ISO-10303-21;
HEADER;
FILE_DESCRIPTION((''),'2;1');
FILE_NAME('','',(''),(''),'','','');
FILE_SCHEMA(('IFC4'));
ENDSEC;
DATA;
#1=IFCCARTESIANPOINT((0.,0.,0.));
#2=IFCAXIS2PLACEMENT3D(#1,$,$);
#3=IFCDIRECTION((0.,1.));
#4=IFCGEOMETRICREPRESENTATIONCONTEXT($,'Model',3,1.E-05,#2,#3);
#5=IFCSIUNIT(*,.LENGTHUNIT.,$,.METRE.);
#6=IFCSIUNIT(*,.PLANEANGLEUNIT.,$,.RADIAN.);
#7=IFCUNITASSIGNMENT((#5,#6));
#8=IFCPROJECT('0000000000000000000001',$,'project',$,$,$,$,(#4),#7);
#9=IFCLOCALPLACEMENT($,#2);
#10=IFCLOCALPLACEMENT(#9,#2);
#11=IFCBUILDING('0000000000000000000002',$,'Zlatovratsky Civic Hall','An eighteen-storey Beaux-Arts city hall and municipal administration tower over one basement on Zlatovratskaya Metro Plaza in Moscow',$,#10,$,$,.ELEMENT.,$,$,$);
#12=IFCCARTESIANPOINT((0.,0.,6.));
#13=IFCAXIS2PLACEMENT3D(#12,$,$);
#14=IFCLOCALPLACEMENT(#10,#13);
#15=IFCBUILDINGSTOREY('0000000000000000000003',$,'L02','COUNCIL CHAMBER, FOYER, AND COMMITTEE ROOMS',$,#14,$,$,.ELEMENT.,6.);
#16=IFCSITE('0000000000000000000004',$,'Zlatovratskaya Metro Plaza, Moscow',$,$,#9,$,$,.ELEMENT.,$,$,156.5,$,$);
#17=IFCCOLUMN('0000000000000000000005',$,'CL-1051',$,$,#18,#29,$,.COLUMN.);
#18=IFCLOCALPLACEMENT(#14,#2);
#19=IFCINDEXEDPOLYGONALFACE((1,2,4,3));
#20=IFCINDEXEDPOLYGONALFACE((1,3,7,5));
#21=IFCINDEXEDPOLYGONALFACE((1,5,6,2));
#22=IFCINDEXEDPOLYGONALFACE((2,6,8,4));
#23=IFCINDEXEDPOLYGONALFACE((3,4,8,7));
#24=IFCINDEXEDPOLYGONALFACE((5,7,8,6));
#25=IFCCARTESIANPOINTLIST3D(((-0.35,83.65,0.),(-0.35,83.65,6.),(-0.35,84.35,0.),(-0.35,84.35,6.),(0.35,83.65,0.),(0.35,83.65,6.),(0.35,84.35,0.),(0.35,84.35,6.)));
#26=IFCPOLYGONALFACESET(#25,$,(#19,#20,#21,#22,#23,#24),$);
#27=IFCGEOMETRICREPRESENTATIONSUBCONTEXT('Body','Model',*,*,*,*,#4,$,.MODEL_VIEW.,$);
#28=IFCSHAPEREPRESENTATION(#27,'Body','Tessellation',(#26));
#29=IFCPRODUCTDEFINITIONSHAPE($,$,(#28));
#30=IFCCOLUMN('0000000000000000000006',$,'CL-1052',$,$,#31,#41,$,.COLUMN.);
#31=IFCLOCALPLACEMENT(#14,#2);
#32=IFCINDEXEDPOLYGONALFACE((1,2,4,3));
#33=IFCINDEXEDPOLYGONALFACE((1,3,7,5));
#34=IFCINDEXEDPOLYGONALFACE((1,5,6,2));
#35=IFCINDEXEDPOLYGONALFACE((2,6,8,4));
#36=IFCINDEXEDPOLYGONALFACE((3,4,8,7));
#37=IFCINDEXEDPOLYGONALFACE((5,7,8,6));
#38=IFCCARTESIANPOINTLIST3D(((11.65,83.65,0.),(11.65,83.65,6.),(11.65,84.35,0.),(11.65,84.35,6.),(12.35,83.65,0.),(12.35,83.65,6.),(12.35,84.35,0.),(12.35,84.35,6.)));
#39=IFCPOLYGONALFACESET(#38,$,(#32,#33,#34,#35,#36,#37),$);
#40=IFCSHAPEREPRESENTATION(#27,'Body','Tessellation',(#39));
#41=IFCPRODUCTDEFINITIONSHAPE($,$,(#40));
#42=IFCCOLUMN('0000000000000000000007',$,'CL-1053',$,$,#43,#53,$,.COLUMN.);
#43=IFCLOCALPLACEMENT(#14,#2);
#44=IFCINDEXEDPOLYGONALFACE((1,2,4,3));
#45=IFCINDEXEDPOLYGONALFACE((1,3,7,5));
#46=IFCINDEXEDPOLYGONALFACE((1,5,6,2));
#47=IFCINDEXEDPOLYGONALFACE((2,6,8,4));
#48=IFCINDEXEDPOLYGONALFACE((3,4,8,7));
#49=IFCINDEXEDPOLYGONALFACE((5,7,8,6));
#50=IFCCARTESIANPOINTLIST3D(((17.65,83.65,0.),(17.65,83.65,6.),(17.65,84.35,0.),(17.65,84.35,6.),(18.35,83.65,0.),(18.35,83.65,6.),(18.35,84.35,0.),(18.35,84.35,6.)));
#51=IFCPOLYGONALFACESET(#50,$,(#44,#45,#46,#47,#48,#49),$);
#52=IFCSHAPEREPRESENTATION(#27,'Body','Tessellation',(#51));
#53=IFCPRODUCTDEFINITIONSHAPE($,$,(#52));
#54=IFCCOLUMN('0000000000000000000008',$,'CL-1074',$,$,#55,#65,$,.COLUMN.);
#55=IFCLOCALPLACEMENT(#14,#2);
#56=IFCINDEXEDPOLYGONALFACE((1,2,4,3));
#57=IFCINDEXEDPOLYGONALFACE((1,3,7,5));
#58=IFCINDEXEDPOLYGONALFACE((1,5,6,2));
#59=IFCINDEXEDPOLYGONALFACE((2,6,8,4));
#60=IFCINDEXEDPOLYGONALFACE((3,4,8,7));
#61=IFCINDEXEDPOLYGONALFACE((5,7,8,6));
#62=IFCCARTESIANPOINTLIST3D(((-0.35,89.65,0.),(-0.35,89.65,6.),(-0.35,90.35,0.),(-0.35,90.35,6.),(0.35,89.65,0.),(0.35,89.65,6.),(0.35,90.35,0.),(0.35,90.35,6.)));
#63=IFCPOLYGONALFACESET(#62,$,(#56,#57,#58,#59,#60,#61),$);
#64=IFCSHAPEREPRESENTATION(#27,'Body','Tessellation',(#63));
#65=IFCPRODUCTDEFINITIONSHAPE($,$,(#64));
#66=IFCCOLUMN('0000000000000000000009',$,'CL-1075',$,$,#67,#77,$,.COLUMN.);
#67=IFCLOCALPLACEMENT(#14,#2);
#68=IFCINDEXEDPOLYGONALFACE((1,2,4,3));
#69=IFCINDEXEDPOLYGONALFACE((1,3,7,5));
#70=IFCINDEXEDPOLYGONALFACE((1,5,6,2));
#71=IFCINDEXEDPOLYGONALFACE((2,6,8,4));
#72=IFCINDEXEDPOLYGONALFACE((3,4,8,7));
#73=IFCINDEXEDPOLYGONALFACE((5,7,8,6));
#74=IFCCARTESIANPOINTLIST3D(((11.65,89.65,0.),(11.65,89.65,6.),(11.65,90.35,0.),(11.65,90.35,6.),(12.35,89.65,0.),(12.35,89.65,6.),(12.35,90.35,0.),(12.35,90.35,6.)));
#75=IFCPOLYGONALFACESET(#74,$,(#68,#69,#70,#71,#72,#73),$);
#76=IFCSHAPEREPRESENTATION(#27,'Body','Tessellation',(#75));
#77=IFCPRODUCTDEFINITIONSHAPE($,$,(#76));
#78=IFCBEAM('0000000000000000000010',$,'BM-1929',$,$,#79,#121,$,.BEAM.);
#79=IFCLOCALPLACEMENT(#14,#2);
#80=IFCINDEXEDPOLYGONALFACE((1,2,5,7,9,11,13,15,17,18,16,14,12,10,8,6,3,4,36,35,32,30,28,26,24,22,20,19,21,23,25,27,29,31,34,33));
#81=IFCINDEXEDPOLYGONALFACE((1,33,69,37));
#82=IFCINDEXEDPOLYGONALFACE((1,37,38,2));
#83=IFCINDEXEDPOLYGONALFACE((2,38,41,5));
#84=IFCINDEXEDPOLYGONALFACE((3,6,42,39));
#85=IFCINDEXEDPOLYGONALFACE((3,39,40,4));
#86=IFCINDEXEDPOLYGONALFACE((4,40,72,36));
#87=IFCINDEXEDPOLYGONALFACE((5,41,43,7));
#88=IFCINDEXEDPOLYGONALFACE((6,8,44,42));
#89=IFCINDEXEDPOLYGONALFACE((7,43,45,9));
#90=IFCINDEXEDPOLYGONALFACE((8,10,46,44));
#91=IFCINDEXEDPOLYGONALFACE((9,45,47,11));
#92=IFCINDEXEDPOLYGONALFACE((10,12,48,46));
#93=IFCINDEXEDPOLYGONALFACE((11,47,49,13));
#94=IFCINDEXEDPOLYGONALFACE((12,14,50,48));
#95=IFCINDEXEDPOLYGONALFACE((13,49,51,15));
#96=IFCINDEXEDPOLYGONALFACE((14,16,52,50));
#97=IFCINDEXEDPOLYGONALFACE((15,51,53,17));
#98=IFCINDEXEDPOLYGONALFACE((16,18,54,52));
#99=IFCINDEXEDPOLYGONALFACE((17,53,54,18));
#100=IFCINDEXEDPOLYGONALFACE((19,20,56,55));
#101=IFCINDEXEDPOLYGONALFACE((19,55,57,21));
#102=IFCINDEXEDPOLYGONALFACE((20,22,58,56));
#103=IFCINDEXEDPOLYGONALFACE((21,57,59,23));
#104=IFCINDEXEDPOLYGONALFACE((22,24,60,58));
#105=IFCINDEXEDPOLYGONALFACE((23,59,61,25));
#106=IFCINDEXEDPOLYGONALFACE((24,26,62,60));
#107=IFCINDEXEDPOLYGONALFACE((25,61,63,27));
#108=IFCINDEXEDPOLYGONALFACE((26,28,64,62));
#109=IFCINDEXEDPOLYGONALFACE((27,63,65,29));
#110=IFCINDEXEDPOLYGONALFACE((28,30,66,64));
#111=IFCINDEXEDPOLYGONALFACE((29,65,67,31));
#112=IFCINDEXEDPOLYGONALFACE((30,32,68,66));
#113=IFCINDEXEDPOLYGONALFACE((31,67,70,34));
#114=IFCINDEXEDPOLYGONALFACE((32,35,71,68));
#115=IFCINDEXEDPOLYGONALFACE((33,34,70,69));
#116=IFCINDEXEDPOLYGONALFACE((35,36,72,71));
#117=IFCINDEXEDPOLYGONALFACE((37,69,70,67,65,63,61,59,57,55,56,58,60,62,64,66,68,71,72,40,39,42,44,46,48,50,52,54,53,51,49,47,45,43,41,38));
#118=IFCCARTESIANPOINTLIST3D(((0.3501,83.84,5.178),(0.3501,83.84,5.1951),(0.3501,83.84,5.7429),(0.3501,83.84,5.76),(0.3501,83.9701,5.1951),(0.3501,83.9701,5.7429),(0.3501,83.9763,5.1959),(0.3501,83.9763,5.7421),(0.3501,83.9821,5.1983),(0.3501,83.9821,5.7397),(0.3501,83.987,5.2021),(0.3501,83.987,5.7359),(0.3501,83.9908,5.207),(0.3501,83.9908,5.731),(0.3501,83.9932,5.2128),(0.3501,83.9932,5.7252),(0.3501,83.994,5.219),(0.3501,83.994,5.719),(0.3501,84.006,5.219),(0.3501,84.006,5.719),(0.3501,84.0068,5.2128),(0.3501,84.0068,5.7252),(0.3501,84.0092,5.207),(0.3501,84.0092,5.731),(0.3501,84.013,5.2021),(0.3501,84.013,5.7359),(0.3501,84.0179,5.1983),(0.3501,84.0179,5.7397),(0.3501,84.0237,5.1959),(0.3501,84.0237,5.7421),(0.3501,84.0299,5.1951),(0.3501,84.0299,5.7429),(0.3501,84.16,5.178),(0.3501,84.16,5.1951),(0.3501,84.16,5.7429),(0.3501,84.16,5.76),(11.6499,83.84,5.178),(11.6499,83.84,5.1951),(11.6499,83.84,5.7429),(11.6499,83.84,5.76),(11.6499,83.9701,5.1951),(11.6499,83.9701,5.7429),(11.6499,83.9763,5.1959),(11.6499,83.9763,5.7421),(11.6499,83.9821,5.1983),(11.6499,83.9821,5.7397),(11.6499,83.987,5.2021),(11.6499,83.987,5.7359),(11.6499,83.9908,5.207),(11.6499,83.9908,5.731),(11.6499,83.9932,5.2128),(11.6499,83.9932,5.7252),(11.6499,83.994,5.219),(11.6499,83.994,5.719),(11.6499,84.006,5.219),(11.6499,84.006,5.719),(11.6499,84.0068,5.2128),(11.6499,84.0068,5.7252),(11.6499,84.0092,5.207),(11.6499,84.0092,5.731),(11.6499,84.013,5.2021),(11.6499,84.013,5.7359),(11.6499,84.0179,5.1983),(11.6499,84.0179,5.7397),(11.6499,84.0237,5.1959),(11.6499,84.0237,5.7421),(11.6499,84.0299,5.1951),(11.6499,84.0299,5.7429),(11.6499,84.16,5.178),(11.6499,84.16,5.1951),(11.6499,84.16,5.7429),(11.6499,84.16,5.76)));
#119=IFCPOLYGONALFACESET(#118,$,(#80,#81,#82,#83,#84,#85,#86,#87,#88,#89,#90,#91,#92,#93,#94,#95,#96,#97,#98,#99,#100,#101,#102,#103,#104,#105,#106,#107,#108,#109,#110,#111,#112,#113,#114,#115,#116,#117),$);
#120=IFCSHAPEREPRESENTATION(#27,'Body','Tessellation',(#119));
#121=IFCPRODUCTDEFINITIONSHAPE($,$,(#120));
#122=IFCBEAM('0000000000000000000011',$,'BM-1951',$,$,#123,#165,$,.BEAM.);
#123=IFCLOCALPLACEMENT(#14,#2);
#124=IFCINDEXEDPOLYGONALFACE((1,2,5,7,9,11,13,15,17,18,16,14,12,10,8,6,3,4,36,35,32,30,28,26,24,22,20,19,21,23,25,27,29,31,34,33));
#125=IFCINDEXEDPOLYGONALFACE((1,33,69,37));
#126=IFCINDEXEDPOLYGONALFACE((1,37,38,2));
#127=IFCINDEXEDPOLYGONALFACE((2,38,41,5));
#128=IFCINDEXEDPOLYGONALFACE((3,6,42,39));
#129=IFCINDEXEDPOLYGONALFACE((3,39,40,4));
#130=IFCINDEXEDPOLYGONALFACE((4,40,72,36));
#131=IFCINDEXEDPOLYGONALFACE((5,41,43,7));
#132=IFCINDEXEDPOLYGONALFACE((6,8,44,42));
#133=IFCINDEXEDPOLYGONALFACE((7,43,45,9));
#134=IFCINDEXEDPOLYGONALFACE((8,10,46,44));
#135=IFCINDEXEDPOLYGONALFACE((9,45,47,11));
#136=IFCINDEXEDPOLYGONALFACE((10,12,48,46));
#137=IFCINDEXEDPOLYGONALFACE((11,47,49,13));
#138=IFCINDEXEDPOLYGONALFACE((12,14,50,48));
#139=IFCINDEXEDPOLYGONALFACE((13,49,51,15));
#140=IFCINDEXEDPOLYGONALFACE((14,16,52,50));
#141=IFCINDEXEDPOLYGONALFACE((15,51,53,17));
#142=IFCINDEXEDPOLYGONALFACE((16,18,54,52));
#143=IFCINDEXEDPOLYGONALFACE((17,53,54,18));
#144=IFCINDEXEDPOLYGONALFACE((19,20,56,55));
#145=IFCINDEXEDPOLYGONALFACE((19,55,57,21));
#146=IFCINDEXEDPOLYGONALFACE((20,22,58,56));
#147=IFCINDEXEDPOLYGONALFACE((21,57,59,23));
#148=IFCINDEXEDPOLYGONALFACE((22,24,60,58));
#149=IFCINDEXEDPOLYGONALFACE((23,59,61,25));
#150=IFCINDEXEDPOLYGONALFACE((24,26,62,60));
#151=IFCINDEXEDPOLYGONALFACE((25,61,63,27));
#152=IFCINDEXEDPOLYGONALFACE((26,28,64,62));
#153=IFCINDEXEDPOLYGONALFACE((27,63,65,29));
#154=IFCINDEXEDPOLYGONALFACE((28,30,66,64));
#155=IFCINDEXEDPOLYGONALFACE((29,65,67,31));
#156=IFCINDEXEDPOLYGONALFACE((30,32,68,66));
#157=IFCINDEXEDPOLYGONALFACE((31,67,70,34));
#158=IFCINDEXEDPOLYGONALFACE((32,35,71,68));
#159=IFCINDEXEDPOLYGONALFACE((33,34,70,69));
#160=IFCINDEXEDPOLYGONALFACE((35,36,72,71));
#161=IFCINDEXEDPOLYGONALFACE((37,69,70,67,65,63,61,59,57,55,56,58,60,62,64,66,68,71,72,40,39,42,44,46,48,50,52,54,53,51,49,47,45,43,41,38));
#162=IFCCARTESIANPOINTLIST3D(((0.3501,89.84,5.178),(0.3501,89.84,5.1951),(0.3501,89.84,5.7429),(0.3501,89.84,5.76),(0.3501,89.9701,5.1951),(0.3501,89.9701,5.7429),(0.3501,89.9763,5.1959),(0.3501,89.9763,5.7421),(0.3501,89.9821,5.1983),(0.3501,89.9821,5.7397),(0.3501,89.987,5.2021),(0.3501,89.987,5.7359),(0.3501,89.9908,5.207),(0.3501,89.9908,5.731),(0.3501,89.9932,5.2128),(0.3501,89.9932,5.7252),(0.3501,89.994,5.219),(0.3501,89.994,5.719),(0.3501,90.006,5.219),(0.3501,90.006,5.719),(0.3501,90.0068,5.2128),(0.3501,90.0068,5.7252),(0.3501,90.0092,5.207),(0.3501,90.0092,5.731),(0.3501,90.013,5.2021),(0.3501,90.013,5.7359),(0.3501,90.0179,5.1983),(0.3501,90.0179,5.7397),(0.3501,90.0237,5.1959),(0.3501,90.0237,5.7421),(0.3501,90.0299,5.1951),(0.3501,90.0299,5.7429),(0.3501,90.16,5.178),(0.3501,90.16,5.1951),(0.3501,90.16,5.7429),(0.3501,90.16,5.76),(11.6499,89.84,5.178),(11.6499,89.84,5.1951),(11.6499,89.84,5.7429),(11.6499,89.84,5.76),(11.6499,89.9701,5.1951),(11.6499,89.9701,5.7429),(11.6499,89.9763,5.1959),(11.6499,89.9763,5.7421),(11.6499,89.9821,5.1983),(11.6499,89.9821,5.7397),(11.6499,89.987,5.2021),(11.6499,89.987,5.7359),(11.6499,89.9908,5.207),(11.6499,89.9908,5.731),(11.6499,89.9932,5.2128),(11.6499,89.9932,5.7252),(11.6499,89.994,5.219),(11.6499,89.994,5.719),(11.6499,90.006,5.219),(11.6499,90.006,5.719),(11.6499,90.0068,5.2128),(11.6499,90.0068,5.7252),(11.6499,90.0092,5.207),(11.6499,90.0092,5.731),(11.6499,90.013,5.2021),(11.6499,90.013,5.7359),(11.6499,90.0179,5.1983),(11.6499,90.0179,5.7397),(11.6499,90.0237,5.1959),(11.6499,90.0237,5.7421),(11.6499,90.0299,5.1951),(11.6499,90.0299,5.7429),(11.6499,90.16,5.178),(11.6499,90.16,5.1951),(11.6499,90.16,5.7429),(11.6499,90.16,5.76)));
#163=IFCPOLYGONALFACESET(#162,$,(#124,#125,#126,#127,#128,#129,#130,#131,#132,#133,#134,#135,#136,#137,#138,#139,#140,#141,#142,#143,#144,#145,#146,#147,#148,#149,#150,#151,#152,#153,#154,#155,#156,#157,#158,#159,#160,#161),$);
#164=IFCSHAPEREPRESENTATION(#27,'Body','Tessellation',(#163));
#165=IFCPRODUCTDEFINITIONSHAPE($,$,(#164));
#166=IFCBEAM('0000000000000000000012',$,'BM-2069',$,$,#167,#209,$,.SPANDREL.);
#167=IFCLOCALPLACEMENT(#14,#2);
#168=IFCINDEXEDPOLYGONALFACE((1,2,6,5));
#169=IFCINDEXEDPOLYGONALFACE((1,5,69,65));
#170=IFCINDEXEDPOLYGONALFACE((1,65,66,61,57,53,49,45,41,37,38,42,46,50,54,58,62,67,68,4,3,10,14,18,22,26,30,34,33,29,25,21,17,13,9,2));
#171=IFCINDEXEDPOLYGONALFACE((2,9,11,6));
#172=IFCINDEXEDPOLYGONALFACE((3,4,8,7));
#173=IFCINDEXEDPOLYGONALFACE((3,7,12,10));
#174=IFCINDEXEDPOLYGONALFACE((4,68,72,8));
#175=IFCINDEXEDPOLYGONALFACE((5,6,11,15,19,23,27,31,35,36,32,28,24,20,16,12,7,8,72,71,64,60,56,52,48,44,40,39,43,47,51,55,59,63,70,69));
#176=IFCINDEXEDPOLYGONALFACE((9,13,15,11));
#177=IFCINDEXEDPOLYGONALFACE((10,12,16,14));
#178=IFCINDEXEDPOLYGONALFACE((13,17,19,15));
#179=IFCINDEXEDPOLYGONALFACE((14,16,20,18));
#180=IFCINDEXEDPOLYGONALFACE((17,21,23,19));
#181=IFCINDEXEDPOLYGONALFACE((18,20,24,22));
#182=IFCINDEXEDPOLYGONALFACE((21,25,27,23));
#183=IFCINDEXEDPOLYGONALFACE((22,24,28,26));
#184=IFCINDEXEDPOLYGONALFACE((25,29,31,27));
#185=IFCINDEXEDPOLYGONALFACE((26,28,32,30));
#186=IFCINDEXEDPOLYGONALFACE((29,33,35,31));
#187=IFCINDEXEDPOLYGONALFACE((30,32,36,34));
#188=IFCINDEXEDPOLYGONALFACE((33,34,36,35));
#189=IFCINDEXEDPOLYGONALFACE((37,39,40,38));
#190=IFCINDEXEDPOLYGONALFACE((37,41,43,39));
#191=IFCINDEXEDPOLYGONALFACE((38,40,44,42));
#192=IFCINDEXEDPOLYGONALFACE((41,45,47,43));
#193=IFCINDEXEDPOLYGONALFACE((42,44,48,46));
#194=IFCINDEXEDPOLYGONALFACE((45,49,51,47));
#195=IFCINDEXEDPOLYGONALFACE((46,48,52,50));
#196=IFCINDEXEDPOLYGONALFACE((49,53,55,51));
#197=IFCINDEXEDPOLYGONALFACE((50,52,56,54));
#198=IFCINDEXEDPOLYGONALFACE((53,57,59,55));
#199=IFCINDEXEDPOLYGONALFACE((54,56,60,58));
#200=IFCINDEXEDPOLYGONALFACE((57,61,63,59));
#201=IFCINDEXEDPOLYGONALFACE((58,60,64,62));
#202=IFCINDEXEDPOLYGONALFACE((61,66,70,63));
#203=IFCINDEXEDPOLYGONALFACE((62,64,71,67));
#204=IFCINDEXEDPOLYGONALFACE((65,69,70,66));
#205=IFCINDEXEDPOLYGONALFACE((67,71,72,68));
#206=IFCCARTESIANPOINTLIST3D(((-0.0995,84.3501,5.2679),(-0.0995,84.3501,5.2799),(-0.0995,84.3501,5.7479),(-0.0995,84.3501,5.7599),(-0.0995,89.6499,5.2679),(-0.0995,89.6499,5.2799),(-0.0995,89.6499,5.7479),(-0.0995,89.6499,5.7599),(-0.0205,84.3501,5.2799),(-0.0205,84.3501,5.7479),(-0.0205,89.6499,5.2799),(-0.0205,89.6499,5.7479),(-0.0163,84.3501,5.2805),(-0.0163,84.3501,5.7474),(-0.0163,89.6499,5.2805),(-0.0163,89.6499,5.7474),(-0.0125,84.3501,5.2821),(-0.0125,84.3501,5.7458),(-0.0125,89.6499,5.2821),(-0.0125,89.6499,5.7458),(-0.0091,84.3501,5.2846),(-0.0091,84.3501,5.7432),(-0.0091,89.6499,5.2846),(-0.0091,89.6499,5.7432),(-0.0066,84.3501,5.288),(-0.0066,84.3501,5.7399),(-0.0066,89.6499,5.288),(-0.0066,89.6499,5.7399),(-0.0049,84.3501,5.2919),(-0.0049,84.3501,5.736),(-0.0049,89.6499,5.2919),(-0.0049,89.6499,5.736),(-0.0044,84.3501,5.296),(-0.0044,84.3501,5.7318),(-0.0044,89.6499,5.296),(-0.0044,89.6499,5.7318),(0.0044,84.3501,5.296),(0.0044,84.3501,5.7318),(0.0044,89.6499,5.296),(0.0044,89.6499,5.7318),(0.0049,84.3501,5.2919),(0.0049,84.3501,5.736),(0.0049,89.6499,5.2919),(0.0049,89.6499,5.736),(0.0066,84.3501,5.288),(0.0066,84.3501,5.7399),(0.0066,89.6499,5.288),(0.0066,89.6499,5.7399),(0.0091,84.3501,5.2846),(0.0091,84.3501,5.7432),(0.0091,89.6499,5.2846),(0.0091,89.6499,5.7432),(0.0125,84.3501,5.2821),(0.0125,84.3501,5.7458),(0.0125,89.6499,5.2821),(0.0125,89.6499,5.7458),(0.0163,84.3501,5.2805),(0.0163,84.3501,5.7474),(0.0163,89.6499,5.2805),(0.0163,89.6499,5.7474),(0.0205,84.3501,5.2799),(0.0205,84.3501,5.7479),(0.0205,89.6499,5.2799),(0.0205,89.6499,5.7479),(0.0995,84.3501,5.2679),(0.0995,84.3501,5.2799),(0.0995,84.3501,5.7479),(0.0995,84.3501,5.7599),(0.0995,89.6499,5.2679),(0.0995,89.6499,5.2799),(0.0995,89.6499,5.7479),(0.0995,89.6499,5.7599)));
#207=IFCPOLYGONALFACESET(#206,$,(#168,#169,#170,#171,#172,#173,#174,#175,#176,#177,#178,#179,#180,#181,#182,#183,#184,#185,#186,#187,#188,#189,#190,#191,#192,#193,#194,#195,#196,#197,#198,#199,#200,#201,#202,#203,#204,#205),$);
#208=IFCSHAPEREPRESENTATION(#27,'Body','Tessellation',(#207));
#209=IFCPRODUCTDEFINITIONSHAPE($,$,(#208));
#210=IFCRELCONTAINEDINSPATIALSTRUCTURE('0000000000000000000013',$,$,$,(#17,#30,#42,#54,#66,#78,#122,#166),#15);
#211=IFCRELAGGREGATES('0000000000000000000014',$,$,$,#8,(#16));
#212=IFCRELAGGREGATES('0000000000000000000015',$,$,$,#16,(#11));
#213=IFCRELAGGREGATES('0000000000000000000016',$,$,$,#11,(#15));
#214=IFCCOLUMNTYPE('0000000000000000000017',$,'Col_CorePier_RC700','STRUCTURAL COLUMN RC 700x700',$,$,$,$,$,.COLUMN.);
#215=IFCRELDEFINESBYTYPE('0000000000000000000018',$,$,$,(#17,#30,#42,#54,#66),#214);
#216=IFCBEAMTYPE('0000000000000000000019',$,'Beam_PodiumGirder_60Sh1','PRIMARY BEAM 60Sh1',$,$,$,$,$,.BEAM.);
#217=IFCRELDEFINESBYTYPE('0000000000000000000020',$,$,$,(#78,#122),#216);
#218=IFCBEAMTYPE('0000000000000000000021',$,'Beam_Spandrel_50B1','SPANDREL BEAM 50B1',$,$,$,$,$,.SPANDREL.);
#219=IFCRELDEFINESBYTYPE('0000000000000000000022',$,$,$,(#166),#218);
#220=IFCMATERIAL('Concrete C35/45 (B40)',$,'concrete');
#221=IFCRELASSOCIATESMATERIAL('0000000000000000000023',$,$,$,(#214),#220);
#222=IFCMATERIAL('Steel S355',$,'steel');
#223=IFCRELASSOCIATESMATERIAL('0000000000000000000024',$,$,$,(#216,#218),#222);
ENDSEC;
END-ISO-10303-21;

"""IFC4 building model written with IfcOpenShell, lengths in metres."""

from ifc_helpers import new_model, si_unit, direction, frame, origin, origin_2d, place, context, subcontext, project, spatial, rectangle, i_section, extrude, material, material_profile, profile_set, type_object, element, save


model = new_model("IFC4")

# Units and contexts
model_context = context("Model", 3, precision=1e-05, world=origin(), true_north=direction((0.0, 1.0)))
body_context = subcontext(model_context, "Body", "Model", "MODEL_VIEW")
ifc_project = project(units=[si_unit("LENGTHUNIT", "METRE"), si_unit("PLANEANGLEUNIT", "RADIAN")], contexts=[model_context])

# Site, building, storey
site_placement = place(None, origin())
site = spatial("IfcSite", under=ifc_project, at=site_placement, Name="Zlatovratskaya Metro Plaza, Moscow", CompositionType="ELEMENT", RefElevation=156.5)
building_placement = place(site_placement, origin())
building = spatial("IfcBuilding", under=site, at=building_placement, Name="Zlatovratsky Civic Hall", Description="An eighteen-storey Beaux-Arts city hall and municipal administration tower over one basement on Zlatovratskaya Metro Plaza in Moscow", CompositionType="ELEMENT")
storey_placement = place(building_placement, frame((0.0, 0.0, 6.0)))
storey = spatial("IfcBuildingStorey", under=building, at=storey_placement, Name="L02", Description="COUNCIL CHAMBER, FOYER, AND COMMITTEE ROOMS", CompositionType="ELEMENT", Elevation=6.0)

# Columns
ifc_material_1 = material(Name="Concrete C35/45 (B40)", Category="concrete")
ifc_material_profile_1 = material_profile(ifc_material_1, rectangle(XDim=0.7, YDim=0.7, at=origin_2d()), Name="RC 700x700")
ifc_profile_set_1 = profile_set([ifc_material_profile_1], Name="Concrete C35/45 (B40)")
column_type = type_object("IfcColumnType", Name="Col_CorePier_RC700", Description="STRUCTURAL COLUMN RC 700x700", PredefinedType="COLUMN", material=ifc_profile_set_1)
for number, where, z_axis, x_axis, name in (
    (1, (0.0, 84.0, 0.0), (0.0, 0.0, 1.0), (1.0, 0.0, 0.0), "CL-1051"),
    (2, (12.0, 84.0, 0.0), (0.0, 0.0, 1.0), (1.0, 0.0, 0.0), "CL-1052"),
    (3, (18.0, 84.0, 0.0), (0.0, 0.0, 1.0), (1.0, 0.0, 0.0), "CL-1053"),
    (4, (0.0, 90.0, 0.0), (0.0, 0.0, 1.0), (1.0, 0.0, 0.0), "CL-1074"),
    (5, (12.0, 90.0, 0.0), (0.0, 0.0, 1.0), (1.0, 0.0, 0.0), "CL-1075"),
):
    element("IfcColumn", number, at=place(storey_placement, frame(where, z_axis=z_axis, x_axis=x_axis)), inside=storey, type_object=column_type, Name=name, PredefinedType="COLUMN", context=body_context, shape_type="SweptSolid", body=[
        extrude(rectangle(XDim=0.7, YDim=0.7, at=origin_2d()), origin(), (0.0, 0.0, 1.0), 6.0),
    ])

# Beams
ifc_material_2 = material(Name="Steel S355", Category="steel")
ifc_material_profile_2 = material_profile(ifc_material_2, i_section(OverallWidth=0.3201, OverallDepth=0.582, WebThickness=0.012, FlangeThickness=0.0171, FilletRadius=0.0239, at=origin_2d()), Name="60Sh1")
ifc_profile_set_2 = profile_set([ifc_material_profile_2], Name="Steel S355")
beam_type_1 = type_object("IfcBeamType", Name="Beam_PodiumGirder_60Sh1", Description="PRIMARY BEAM 60Sh1", PredefinedType="BEAM", material=ifc_profile_set_2)
for number, where, z_axis, x_axis, name in (
    (6, (0.3501, 84.0, 5.469), (1.0, 0.0, 0.0), (0.0, 1.0, 0.0), "BM-1929"),
    (7, (0.3501, 90.0, 5.469), (1.0, 0.0, 0.0), (0.0, 1.0, 0.0), "BM-1951"),
):
    element("IfcBeam", number, at=place(storey_placement, frame(where, z_axis=z_axis, x_axis=x_axis)), inside=storey, type_object=beam_type_1, Name=name, PredefinedType="BEAM", context=body_context, shape_type="SweptSolid", body=[
        extrude(i_section(OverallWidth=0.3201, OverallDepth=0.582, WebThickness=0.012, FlangeThickness=0.0171, FilletRadius=0.0239, at=origin_2d()), origin(), (0.0, 0.0, 1.0), 11.2998),
    ])
ifc_material_profile_3 = material_profile(ifc_material_2, i_section(OverallWidth=0.199, OverallDepth=0.4919, WebThickness=0.0088, FlangeThickness=0.012, FilletRadius=0.0161, at=origin_2d()), Name="50B1")
ifc_profile_set_3 = profile_set([ifc_material_profile_3], Name="Steel S355")
beam_type_2 = type_object("IfcBeamType", Name="Beam_Spandrel_50B1", Description="SPANDREL BEAM 50B1", PredefinedType="SPANDREL", material=ifc_profile_set_3)
for number, where, z_axis, x_axis, name in (
    (8, (0.0, 84.3501, 5.5139), (0.0, 1.0, 0.0), (-1.0, 0.0, 0.0), "BM-2069"),
):
    element("IfcBeam", number, at=place(storey_placement, frame(where, z_axis=z_axis, x_axis=x_axis)), inside=storey, type_object=beam_type_2, Name=name, PredefinedType="SPANDREL", context=body_context, shape_type="SweptSolid", body=[
        extrude(i_section(OverallWidth=0.199, OverallDepth=0.4919, WebThickness=0.0088, FlangeThickness=0.012, FilletRadius=0.0161, at=origin_2d()), origin(), (0.0, 0.0, 1.0), 5.2998),
    ])

save(model, "model.ifc")
